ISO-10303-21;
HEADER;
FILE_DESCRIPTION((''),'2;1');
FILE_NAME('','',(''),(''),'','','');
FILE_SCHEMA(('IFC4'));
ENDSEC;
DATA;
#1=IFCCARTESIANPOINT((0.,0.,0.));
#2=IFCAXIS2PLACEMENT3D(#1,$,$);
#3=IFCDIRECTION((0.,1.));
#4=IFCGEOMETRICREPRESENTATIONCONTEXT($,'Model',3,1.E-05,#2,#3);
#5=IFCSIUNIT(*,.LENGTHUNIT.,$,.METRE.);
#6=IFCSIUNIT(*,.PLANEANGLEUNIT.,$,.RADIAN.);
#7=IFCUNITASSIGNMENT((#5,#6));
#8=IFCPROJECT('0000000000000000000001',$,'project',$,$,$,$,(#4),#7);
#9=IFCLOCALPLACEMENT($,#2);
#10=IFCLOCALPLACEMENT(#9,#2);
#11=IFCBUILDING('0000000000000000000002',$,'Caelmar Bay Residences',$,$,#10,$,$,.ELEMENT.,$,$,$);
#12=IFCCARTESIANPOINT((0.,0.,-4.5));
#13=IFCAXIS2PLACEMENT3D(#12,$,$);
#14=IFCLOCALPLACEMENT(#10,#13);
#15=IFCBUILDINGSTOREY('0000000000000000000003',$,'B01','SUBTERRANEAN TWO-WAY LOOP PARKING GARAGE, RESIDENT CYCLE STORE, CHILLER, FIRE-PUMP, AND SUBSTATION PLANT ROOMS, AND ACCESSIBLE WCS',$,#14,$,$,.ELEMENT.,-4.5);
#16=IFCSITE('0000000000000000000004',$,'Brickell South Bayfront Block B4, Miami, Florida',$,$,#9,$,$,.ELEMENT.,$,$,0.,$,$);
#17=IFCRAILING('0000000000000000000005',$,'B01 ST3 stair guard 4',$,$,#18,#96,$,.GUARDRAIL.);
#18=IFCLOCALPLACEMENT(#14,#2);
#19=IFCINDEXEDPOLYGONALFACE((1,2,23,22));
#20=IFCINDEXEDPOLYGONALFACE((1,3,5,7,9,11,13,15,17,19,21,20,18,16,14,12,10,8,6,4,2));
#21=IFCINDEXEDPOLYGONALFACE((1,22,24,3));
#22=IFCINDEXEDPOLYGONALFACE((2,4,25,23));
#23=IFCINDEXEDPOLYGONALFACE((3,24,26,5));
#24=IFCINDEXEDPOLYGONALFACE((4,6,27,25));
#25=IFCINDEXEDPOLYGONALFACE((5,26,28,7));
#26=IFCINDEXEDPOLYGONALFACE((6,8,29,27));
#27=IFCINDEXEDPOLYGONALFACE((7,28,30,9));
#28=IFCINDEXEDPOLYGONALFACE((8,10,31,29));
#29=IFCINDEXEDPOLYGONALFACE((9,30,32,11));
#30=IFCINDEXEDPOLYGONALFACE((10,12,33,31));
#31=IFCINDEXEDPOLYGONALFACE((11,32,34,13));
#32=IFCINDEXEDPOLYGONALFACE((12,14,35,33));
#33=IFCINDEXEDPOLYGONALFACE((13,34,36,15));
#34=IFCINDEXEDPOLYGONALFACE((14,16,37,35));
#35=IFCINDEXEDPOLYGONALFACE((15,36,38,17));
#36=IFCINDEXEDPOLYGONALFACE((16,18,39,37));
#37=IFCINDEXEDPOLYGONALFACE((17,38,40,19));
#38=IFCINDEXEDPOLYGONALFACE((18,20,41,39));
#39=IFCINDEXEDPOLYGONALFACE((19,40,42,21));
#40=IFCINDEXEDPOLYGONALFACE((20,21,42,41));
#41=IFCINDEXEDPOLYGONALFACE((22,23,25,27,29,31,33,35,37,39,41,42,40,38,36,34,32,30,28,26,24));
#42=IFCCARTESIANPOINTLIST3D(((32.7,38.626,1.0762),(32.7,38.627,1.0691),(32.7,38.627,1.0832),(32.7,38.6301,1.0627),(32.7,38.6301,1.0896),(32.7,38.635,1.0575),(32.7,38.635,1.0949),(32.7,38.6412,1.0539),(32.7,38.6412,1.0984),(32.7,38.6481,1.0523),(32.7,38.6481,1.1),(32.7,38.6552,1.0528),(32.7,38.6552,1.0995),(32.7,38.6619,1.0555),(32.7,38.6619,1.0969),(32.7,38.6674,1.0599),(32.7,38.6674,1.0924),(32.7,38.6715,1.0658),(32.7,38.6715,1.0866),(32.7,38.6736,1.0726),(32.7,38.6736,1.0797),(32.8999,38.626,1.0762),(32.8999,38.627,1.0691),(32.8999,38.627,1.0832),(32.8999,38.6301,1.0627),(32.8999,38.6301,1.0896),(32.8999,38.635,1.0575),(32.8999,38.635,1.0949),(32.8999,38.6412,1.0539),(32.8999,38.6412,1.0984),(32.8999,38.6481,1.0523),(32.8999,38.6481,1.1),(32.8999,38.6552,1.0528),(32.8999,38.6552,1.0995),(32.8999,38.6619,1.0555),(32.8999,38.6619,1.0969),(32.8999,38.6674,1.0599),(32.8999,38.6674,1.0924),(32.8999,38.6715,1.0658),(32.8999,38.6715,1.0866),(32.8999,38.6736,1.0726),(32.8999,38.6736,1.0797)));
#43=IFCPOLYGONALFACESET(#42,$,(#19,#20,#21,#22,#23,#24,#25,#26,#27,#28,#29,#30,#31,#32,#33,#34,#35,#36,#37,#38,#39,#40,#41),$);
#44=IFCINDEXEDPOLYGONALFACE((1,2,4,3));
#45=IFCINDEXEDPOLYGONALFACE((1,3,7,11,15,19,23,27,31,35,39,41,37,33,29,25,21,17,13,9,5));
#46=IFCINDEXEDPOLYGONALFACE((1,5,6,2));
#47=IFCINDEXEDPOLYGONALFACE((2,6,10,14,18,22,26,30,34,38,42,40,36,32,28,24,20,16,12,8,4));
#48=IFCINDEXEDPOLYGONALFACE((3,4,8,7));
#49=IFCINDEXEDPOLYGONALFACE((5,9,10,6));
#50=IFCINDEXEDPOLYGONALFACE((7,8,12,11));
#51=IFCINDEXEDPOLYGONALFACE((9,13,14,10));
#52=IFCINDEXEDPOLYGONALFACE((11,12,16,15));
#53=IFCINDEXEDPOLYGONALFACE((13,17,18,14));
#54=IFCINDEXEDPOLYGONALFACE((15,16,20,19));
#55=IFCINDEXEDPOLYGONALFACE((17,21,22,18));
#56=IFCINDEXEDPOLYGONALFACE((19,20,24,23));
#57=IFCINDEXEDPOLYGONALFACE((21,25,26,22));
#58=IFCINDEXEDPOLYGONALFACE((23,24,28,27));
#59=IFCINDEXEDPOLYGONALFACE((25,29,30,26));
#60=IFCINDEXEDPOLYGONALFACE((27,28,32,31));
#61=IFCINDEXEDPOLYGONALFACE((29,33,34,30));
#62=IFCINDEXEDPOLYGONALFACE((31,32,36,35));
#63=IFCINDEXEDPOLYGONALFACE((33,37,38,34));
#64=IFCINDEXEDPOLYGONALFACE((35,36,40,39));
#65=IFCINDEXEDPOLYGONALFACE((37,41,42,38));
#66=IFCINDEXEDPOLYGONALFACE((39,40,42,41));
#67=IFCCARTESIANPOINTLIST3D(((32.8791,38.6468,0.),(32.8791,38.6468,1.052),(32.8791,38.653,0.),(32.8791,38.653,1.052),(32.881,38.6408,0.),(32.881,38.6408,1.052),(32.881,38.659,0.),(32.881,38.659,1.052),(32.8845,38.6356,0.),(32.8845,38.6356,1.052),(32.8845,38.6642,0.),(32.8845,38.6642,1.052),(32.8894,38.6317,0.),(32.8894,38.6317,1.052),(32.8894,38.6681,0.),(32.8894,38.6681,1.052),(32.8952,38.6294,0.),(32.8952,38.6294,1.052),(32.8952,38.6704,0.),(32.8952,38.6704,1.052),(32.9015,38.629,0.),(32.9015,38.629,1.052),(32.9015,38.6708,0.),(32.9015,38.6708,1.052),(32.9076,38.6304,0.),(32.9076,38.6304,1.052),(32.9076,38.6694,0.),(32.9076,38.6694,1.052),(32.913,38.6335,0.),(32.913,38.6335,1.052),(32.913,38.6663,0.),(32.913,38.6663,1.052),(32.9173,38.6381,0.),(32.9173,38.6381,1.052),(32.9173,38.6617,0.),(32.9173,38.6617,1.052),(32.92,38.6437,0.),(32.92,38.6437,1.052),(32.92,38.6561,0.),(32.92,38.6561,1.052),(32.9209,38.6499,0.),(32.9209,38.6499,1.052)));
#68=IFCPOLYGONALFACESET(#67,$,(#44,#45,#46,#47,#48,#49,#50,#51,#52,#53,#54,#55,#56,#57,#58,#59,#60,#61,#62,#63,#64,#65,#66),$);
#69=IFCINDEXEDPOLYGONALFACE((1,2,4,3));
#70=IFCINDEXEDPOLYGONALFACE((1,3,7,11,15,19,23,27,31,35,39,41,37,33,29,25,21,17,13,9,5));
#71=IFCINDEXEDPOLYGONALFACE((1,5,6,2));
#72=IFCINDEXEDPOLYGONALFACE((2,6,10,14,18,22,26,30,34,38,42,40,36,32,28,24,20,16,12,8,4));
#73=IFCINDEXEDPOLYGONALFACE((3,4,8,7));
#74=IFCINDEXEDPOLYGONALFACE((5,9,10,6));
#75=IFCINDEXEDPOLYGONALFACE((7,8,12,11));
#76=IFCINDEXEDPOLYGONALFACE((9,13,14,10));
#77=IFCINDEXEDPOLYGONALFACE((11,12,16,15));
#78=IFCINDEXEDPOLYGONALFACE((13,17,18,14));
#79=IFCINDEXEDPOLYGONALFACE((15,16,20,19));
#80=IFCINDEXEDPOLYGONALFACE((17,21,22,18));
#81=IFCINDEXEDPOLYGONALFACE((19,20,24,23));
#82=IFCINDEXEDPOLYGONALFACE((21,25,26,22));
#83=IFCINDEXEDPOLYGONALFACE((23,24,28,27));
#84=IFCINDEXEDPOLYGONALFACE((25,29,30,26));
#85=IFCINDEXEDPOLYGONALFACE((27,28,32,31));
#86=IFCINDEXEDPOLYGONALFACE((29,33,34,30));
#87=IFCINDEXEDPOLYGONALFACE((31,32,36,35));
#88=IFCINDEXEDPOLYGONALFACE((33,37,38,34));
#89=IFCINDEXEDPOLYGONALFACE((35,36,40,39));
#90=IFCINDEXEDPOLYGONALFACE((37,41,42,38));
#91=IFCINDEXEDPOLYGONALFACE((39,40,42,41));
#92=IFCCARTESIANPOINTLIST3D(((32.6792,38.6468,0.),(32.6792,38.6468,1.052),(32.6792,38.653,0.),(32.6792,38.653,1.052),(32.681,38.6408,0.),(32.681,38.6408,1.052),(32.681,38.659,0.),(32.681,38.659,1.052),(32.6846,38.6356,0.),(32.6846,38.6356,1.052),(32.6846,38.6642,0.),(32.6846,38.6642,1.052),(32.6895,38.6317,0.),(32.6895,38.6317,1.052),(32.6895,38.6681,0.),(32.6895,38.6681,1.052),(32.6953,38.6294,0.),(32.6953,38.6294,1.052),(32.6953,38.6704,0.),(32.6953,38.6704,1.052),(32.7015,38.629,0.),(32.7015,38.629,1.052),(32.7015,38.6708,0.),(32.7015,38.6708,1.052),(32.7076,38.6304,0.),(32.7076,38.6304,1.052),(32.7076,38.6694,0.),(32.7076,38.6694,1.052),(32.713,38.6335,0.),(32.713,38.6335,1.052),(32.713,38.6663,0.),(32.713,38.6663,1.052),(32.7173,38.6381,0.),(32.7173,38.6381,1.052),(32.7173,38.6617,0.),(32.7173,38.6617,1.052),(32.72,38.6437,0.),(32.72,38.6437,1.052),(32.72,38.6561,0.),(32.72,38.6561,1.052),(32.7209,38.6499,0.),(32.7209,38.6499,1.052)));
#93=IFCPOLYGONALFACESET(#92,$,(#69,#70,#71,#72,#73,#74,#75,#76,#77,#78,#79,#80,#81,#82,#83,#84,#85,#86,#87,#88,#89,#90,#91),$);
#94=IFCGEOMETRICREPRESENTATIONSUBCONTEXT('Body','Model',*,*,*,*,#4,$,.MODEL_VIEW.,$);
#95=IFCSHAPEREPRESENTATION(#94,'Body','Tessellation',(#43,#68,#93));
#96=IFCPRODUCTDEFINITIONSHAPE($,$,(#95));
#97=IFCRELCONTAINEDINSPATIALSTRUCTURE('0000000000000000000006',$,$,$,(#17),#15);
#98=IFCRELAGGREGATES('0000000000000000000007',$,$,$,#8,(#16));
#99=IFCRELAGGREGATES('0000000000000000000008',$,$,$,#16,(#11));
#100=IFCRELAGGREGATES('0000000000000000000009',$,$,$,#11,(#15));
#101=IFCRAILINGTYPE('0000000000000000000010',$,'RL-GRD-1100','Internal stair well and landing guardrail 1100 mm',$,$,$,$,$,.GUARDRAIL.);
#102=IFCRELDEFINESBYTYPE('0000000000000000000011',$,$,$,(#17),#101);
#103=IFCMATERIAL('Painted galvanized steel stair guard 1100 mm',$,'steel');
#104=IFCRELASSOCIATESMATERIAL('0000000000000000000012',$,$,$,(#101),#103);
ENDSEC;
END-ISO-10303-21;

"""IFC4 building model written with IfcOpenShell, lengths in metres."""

from ifc_helpers import new_model, si_unit, direction, frame, origin, origin_2d, place, context, subcontext, project, spatial, circle, extrude, material, type_object, element, save


model = new_model("IFC4")

# Units and contexts
model_context = context("Model", 3, precision=1e-05, world=origin(), true_north=direction((0.0, 1.0)))
body_context = subcontext(model_context, "Body", "Model", "MODEL_VIEW")
ifc_project = project(units=[si_unit("LENGTHUNIT", "METRE"), si_unit("PLANEANGLEUNIT", "RADIAN")], contexts=[model_context])

# Site, building, storey
site_placement = place(None, origin())
site = spatial("IfcSite", under=ifc_project, at=site_placement, Name="Brickell South Bayfront Block B4, Miami, Florida", CompositionType="ELEMENT", RefElevation=0.0)
building_placement = place(site_placement, origin())
building = spatial("IfcBuilding", under=site, at=building_placement, Name="Caelmar Bay Residences", CompositionType="ELEMENT")
storey_placement = place(building_placement, frame((0.0, 0.0, -4.5)))
storey = spatial("IfcBuildingStorey", under=building, at=storey_placement, Name="B01", Description="SUBTERRANEAN TWO-WAY LOOP PARKING GARAGE, RESIDENT CYCLE STORE, CHILLER, FIRE-PUMP, AND SUBSTATION PLANT ROOMS, AND ACCESSIBLE WCS", CompositionType="ELEMENT", Elevation=-4.5)

# Railing
ifc_material_1 = material(Name="Painted galvanized steel stair guard 1100 mm", Category="steel")
railing_type_1 = type_object("IfcRailingType", Name="RL-GRD-1100", Description="Internal stair well and landing guardrail 1100 mm", PredefinedType="GUARDRAIL", material=ifc_material_1)
railing_1_placement = place(storey_placement, frame((32.8999, 38.6499, 0.0)))
element("IfcRailing", 1, at=railing_1_placement, inside=storey, type_object=railing_type_1, Name="B01 ST3 stair guard 4", PredefinedType="GUARDRAIL", context=body_context, shape_type="SweptSolid", body=[
    extrude(circle(Radius=0.0239, at=origin_2d()), frame((0.0, 0.0, 1.0762), z_axis=(-1.0, 0.0, 0.0), x_axis=(0.0, -1.0, 0.0)), (0.0, 0.0, 1.0), 0.2),
    extrude(circle(Radius=0.021, at=origin_2d()), origin(), (0.0, 0.0, 1.0), 1.052),
    extrude(circle(Radius=0.021, at=origin_2d()), frame((-0.2, 0.0, 0.0)), (0.0, 0.0, 1.0), 1.052),
])

save(model, "model.ifc")
